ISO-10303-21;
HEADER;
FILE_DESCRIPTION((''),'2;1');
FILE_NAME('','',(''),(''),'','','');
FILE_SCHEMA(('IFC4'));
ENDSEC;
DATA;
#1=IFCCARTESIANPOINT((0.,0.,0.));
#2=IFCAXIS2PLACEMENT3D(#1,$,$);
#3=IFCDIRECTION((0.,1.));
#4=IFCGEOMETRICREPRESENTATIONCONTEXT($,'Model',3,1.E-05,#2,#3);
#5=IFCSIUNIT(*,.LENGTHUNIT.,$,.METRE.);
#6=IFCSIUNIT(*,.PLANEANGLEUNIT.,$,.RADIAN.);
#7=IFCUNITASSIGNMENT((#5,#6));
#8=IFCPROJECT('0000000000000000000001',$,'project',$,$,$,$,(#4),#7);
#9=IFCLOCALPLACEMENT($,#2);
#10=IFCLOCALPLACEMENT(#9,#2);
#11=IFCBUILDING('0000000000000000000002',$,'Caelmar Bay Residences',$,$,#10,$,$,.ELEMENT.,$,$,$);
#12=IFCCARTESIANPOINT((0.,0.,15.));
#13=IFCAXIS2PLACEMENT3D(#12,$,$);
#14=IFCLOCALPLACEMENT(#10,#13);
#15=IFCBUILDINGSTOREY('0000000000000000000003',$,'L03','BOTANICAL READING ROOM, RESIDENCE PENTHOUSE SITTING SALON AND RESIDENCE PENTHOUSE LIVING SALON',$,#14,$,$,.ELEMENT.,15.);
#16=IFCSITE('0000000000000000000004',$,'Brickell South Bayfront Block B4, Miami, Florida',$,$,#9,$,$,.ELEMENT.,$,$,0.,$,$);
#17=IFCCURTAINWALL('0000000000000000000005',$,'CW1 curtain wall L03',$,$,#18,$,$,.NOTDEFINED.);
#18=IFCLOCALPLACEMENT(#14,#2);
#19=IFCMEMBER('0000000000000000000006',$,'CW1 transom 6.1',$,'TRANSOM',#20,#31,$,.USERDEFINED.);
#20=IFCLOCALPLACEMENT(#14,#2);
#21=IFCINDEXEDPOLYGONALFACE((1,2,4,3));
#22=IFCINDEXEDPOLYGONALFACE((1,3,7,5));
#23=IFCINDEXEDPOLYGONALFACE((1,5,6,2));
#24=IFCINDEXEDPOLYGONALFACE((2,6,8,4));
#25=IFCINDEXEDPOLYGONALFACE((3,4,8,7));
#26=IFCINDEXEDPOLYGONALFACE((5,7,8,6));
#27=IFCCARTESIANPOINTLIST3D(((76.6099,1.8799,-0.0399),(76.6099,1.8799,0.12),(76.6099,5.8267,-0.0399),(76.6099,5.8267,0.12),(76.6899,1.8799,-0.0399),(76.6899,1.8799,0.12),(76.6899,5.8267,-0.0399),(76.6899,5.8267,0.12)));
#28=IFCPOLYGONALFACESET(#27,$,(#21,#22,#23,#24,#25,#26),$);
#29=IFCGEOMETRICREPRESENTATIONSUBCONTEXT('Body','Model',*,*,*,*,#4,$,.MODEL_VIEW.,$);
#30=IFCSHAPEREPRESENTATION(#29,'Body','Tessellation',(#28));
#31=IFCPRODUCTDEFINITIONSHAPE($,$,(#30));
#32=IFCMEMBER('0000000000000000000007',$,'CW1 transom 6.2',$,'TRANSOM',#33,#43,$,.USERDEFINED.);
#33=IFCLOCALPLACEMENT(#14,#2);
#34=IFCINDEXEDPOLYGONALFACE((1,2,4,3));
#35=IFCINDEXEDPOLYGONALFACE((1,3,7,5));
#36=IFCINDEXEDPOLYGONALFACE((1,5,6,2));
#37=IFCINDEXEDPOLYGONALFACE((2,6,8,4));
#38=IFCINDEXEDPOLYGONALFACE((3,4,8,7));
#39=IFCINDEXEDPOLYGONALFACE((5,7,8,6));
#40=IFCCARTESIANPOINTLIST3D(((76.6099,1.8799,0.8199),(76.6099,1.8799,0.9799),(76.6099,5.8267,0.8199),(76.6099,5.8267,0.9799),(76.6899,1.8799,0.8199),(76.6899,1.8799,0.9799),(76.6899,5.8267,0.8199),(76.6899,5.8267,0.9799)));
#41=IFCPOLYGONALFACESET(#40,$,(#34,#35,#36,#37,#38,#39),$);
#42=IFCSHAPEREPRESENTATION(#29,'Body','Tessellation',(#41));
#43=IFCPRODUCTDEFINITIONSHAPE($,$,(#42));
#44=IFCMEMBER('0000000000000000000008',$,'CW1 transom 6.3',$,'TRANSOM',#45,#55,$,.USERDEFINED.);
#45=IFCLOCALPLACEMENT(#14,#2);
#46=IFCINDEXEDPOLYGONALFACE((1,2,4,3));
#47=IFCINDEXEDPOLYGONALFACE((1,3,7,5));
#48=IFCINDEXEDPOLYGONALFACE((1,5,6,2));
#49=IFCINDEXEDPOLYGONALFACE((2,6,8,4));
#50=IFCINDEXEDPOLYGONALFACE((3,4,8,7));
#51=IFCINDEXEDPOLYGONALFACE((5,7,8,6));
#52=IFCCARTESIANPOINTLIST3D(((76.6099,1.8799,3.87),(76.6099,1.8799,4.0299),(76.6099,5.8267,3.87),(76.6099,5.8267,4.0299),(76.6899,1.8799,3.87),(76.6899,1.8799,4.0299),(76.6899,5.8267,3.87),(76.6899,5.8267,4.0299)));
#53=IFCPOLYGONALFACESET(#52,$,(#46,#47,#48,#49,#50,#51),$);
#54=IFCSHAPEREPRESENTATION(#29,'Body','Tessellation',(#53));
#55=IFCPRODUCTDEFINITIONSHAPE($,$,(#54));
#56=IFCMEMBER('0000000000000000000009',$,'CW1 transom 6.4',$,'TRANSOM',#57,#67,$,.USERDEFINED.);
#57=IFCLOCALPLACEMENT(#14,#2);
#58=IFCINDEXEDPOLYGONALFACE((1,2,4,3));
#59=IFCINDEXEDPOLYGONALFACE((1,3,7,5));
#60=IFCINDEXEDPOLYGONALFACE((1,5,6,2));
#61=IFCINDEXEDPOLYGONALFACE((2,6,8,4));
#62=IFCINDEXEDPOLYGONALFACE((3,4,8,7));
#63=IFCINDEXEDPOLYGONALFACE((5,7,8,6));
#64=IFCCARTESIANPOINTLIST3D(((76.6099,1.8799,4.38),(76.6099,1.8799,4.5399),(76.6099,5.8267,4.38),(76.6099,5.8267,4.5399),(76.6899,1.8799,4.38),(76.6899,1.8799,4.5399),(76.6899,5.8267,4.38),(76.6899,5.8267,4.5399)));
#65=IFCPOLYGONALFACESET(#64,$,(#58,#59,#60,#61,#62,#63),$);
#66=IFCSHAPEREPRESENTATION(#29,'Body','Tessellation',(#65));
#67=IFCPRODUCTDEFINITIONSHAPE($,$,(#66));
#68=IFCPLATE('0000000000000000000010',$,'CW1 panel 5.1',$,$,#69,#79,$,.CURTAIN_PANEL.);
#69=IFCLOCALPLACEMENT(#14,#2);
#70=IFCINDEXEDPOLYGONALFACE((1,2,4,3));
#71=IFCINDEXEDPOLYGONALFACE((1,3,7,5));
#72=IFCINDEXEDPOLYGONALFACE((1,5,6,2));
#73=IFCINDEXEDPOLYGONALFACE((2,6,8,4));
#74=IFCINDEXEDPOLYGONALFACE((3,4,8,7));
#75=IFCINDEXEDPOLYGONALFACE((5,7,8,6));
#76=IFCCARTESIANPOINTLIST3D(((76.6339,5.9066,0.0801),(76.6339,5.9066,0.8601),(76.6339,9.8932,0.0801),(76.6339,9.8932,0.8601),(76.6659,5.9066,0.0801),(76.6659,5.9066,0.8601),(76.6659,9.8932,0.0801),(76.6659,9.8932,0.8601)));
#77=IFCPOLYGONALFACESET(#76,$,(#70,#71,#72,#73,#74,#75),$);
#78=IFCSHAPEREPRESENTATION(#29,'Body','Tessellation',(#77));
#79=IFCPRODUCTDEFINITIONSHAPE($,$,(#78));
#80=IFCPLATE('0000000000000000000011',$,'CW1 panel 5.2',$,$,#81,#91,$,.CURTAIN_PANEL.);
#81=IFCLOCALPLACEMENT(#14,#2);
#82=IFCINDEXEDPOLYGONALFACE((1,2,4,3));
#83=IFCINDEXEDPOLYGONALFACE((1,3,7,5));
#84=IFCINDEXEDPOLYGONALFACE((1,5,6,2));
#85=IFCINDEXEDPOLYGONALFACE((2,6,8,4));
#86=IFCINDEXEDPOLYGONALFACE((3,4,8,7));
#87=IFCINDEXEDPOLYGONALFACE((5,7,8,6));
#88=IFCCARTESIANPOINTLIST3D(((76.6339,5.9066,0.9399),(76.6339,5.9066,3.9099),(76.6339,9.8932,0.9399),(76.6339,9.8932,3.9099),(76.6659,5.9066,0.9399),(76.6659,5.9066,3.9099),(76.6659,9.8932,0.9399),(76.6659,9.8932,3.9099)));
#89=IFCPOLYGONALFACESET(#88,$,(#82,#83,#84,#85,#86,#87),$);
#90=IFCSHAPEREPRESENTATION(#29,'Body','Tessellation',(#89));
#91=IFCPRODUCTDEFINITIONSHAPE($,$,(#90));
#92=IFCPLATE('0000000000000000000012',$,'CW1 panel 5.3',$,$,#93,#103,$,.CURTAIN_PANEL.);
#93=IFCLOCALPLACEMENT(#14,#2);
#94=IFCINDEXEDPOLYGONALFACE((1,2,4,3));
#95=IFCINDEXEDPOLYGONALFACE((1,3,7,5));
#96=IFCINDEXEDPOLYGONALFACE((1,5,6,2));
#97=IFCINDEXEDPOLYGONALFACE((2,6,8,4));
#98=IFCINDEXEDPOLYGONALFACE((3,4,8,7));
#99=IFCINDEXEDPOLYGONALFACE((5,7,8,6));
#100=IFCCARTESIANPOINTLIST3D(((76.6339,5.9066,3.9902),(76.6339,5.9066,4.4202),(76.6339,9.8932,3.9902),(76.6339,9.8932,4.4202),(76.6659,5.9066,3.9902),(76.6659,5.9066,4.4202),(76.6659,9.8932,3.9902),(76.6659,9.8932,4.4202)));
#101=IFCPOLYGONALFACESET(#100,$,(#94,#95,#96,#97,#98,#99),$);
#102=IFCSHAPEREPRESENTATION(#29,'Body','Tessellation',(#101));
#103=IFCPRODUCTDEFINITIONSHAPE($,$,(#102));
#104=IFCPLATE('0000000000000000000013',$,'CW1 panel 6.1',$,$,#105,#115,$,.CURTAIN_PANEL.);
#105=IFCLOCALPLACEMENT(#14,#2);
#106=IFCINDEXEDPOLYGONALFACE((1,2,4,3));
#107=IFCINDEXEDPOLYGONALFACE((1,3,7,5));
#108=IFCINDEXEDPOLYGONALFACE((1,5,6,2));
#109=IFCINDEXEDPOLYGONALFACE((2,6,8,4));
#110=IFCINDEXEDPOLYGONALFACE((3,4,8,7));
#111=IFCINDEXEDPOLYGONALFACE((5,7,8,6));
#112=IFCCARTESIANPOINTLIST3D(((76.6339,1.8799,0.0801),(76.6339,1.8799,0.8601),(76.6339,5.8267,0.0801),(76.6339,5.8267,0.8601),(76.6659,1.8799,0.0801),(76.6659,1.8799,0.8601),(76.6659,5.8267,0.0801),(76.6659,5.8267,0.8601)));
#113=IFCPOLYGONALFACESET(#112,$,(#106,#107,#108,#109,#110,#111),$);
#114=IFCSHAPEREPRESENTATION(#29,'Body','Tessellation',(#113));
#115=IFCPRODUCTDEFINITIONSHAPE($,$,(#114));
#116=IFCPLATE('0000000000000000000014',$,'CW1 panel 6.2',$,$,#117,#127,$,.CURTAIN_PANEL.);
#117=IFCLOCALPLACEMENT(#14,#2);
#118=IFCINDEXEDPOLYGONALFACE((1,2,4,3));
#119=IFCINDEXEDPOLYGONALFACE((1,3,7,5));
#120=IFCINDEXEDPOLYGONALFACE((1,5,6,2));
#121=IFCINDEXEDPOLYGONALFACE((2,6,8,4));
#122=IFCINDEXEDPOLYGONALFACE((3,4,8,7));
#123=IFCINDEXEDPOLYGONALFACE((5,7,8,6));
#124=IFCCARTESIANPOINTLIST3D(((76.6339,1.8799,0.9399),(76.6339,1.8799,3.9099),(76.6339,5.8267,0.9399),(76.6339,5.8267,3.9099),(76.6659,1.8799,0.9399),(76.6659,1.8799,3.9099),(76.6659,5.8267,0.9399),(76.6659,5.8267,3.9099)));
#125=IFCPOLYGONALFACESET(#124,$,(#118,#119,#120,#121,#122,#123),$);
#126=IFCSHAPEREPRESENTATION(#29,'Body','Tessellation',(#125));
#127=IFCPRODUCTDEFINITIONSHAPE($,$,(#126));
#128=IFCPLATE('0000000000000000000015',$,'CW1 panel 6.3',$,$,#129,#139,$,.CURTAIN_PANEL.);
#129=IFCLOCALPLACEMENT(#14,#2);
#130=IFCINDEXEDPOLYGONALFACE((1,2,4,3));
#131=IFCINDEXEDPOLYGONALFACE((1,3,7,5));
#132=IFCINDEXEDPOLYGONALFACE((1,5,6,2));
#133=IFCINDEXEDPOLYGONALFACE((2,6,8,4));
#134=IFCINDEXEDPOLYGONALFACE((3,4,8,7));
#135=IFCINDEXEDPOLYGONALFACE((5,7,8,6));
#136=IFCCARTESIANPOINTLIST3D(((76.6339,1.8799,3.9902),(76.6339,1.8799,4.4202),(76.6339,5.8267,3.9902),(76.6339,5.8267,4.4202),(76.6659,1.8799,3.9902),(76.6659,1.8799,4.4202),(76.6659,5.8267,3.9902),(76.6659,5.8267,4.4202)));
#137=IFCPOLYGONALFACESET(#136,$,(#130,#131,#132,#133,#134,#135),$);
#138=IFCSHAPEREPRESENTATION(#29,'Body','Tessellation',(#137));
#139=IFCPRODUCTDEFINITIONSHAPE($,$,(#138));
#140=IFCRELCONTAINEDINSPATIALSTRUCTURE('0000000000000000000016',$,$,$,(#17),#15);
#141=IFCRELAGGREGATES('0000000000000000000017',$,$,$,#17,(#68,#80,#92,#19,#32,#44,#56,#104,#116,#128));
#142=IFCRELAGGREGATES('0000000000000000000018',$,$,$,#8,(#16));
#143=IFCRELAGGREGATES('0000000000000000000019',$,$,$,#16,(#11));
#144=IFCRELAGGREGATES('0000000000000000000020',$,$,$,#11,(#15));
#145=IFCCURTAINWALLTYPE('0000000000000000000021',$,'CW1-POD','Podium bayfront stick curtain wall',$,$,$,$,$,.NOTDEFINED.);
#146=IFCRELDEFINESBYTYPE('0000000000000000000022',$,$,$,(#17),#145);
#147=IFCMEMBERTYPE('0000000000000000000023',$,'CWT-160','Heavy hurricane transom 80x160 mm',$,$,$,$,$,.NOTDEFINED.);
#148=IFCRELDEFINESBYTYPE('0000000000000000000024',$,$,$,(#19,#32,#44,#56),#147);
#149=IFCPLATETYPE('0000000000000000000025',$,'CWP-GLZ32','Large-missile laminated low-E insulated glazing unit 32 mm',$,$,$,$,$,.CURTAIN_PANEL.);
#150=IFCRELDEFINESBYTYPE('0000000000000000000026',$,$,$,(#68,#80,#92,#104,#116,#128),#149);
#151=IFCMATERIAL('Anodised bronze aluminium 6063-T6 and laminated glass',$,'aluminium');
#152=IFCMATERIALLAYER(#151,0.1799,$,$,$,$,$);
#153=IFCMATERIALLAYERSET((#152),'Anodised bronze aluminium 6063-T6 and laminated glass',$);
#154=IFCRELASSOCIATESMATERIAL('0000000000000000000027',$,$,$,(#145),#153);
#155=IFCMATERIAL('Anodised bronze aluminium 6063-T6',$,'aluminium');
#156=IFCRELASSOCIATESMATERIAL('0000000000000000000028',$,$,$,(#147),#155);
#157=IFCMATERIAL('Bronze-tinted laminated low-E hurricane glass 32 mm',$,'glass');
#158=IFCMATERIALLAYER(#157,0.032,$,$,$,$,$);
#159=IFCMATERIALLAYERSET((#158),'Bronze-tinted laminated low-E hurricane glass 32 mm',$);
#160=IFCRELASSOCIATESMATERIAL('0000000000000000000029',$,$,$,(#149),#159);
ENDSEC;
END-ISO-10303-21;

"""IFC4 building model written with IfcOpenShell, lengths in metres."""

from ifc_helpers import new_model, si_unit, direction, frame, origin, origin_2d, place, context, subcontext, project, spatial, rectangle, extrude, material, layer, layer_set, material_profile, profile_set, type_object, element, aggregate, save


model = new_model("IFC4")

# Units and contexts
model_context = context("Model", 3, precision=1e-05, world=origin(), true_north=direction((0.0, 1.0)))
body_context = subcontext(model_context, "Body", "Model", "MODEL_VIEW")
ifc_project = project(units=[si_unit("LENGTHUNIT", "METRE"), si_unit("PLANEANGLEUNIT", "RADIAN")], contexts=[model_context])

# Site, building, storey
site_placement = place(None, origin())
site = spatial("IfcSite", under=ifc_project, at=site_placement, Name="Brickell South Bayfront Block B4, Miami, Florida", CompositionType="ELEMENT", RefElevation=0.0)
building_placement = place(site_placement, origin())
building = spatial("IfcBuilding", under=site, at=building_placement, Name="Caelmar Bay Residences", CompositionType="ELEMENT")
storey_placement = place(building_placement, frame((0.0, 0.0, 15.0)))
storey = spatial("IfcBuildingStorey", under=building, at=storey_placement, Name="L03", Description="BOTANICAL READING ROOM, RESIDENCE PENTHOUSE SITTING SALON AND RESIDENCE PENTHOUSE LIVING SALON", CompositionType="ELEMENT", Elevation=15.0)

# Curtain wall, members, plates
ifc_material_1 = material(Name="Anodised bronze aluminium 6063-T6 and laminated glass", Category="aluminium")
ifc_layer_1 = layer(ifc_material_1, 0.1799)
ifc_layer_set_1 = layer_set([ifc_layer_1], Name="Anodised bronze aluminium 6063-T6 and laminated glass")
curtain_wall_type = type_object("IfcCurtainWallType", Name="CW1-POD", Description="Podium bayfront stick curtain wall", PredefinedType="NOTDEFINED", material=ifc_layer_set_1)
curtain_wall_placement = place(storey_placement, origin())
curtain_wall = element("IfcCurtainWall", 1, at=curtain_wall_placement, inside=storey, type_object=curtain_wall_type, Name="CW1 curtain wall L03", PredefinedType="NOTDEFINED")
ifc_material_2 = material(Name="Anodised bronze aluminium 6063-T6", Category="aluminium")
ifc_material_profile_1 = material_profile(ifc_material_2, rectangle(XDim=0.0801, YDim=0.1599, at=origin_2d()), Name="CWT-80X160")
ifc_profile_set_1 = profile_set([ifc_material_profile_1], Name="Anodised bronze aluminium 6063-T6")
member_type_1 = type_object("IfcMemberType", Name="CWT-160", Description="Heavy hurricane transom 80x160 mm", PredefinedType="NOTDEFINED", material=ifc_profile_set_1)
member_1_placement = place(storey_placement, frame((76.6499, 5.8267, 0.04), z_axis=(0.0, -1.0, 0.0), x_axis=(1.0, 0.0, 0.0)))
member_1 = element("IfcMember", 2, at=member_1_placement, type_object=member_type_1, Name="CW1 transom 6.1", ObjectType="TRANSOM", PredefinedType="USERDEFINED", context=body_context, shape_type="SweptSolid", body=[
    extrude(rectangle(XDim=0.0801, YDim=0.1599, at=origin_2d()), origin(), (0.0, 0.0, 1.0), 3.9468),
])
member_2_placement = place(storey_placement, frame((76.6499, 5.8267, 0.8999), z_axis=(0.0, -1.0, 0.0), x_axis=(1.0, 0.0, 0.0)))
member_2 = element("IfcMember", 3, at=member_2_placement, type_object=member_type_1, Name="CW1 transom 6.2", ObjectType="TRANSOM", PredefinedType="USERDEFINED", context=body_context, shape_type="SweptSolid", body=[
    extrude(rectangle(XDim=0.0801, YDim=0.1599, at=origin_2d()), origin(), (0.0, 0.0, 1.0), 3.9468),
])
member_3_placement = place(storey_placement, frame((76.6499, 5.8267, 3.95), z_axis=(0.0, -1.0, 0.0), x_axis=(1.0, 0.0, 0.0)))
member_3 = element("IfcMember", 4, at=member_3_placement, type_object=member_type_1, Name="CW1 transom 6.3", ObjectType="TRANSOM", PredefinedType="USERDEFINED", context=body_context, shape_type="SweptSolid", body=[
    extrude(rectangle(XDim=0.0801, YDim=0.1599, at=origin_2d()), origin(), (0.0, 0.0, 1.0), 3.9468),
])
member_4_placement = place(storey_placement, frame((76.6499, 5.8267, 4.46), z_axis=(0.0, -1.0, 0.0), x_axis=(1.0, 0.0, 0.0)))
member_4 = element("IfcMember", 5, at=member_4_placement, type_object=member_type_1, Name="CW1 transom 6.4", ObjectType="TRANSOM", PredefinedType="USERDEFINED", context=body_context, shape_type="SweptSolid", body=[
    extrude(rectangle(XDim=0.0801, YDim=0.1599, at=origin_2d()), origin(), (0.0, 0.0, 1.0), 3.9468),
])
ifc_material_3 = material(Name="Bronze-tinted laminated low-E hurricane glass 32 mm", Category="glass")
ifc_layer_2 = layer(ifc_material_3, 0.032)
ifc_layer_set_2 = layer_set([ifc_layer_2], Name="Bronze-tinted laminated low-E hurricane glass 32 mm")
plate_type = type_object("IfcPlateType", Name="CWP-GLZ32", Description="Large-missile laminated low-E insulated glazing unit 32 mm", PredefinedType="CURTAIN_PANEL", material=ifc_layer_set_2)
plate_1_placement = place(storey_placement, frame((76.6499, 7.8999, 0.0801), z_axis=(0.0, 0.0, 1.0), x_axis=(0.0, -1.0, 0.0)))
plate_1 = element("IfcPlate", 6, at=plate_1_placement, type_object=plate_type, Name="CW1 panel 5.1", PredefinedType="CURTAIN_PANEL", context=body_context, shape_type="SweptSolid", body=[
    extrude(rectangle(XDim=3.9866, YDim=0.032, at=origin_2d()), origin(), (0.0, 0.0, 1.0), 0.78),
])
plate_2_placement = place(storey_placement, frame((76.6499, 7.8999, 0.9399), z_axis=(0.0, 0.0, 1.0), x_axis=(0.0, -1.0, 0.0)))
plate_2 = element("IfcPlate", 7, at=plate_2_placement, type_object=plate_type, Name="CW1 panel 5.2", PredefinedType="CURTAIN_PANEL", context=body_context, shape_type="SweptSolid", body=[
    extrude(rectangle(XDim=3.9866, YDim=0.032, at=origin_2d()), origin(), (0.0, 0.0, 1.0), 2.97),
])
plate_3_placement = place(storey_placement, frame((76.6499, 7.8999, 3.9902), z_axis=(0.0, 0.0, 1.0), x_axis=(0.0, -1.0, 0.0)))
plate_3 = element("IfcPlate", 8, at=plate_3_placement, type_object=plate_type, Name="CW1 panel 5.3", PredefinedType="CURTAIN_PANEL", context=body_context, shape_type="SweptSolid", body=[
    extrude(rectangle(XDim=3.9866, YDim=0.032, at=origin_2d()), origin(), (0.0, 0.0, 1.0), 0.4299),
])
plate_4_placement = place(storey_placement, frame((76.6499, 3.8533, 0.0801), z_axis=(0.0, 0.0, 1.0), x_axis=(0.0, -1.0, 0.0)))
plate_4 = element("IfcPlate", 9, at=plate_4_placement, type_object=plate_type, Name="CW1 panel 6.1", PredefinedType="CURTAIN_PANEL", context=body_context, shape_type="SweptSolid", body=[
    extrude(rectangle(XDim=3.9468, YDim=0.032, at=origin_2d()), origin(), (0.0, 0.0, 1.0), 0.78),
])
plate_5_placement = place(storey_placement, frame((76.6499, 3.8533, 0.9399), z_axis=(0.0, 0.0, 1.0), x_axis=(0.0, -1.0, 0.0)))
plate_5 = element("IfcPlate", 10, at=plate_5_placement, type_object=plate_type, Name="CW1 panel 6.2", PredefinedType="CURTAIN_PANEL", context=body_context, shape_type="SweptSolid", body=[
    extrude(rectangle(XDim=3.9468, YDim=0.032, at=origin_2d()), origin(), (0.0, 0.0, 1.0), 2.97),
])
plate_6_placement = place(storey_placement, frame((76.6499, 3.8533, 3.9902), z_axis=(0.0, 0.0, 1.0), x_axis=(0.0, -1.0, 0.0)))
plate_6 = element("IfcPlate", 11, at=plate_6_placement, type_object=plate_type, Name="CW1 panel 6.3", PredefinedType="CURTAIN_PANEL", context=body_context, shape_type="SweptSolid", body=[
    extrude(rectangle(XDim=3.9468, YDim=0.032, at=origin_2d()), origin(), (0.0, 0.0, 1.0), 0.4299),
])
aggregate(curtain_wall, [plate_1, plate_2, plate_3, member_1, member_2, member_3, member_4, plate_4, plate_5, plate_6])

save(model, "model.ifc")
